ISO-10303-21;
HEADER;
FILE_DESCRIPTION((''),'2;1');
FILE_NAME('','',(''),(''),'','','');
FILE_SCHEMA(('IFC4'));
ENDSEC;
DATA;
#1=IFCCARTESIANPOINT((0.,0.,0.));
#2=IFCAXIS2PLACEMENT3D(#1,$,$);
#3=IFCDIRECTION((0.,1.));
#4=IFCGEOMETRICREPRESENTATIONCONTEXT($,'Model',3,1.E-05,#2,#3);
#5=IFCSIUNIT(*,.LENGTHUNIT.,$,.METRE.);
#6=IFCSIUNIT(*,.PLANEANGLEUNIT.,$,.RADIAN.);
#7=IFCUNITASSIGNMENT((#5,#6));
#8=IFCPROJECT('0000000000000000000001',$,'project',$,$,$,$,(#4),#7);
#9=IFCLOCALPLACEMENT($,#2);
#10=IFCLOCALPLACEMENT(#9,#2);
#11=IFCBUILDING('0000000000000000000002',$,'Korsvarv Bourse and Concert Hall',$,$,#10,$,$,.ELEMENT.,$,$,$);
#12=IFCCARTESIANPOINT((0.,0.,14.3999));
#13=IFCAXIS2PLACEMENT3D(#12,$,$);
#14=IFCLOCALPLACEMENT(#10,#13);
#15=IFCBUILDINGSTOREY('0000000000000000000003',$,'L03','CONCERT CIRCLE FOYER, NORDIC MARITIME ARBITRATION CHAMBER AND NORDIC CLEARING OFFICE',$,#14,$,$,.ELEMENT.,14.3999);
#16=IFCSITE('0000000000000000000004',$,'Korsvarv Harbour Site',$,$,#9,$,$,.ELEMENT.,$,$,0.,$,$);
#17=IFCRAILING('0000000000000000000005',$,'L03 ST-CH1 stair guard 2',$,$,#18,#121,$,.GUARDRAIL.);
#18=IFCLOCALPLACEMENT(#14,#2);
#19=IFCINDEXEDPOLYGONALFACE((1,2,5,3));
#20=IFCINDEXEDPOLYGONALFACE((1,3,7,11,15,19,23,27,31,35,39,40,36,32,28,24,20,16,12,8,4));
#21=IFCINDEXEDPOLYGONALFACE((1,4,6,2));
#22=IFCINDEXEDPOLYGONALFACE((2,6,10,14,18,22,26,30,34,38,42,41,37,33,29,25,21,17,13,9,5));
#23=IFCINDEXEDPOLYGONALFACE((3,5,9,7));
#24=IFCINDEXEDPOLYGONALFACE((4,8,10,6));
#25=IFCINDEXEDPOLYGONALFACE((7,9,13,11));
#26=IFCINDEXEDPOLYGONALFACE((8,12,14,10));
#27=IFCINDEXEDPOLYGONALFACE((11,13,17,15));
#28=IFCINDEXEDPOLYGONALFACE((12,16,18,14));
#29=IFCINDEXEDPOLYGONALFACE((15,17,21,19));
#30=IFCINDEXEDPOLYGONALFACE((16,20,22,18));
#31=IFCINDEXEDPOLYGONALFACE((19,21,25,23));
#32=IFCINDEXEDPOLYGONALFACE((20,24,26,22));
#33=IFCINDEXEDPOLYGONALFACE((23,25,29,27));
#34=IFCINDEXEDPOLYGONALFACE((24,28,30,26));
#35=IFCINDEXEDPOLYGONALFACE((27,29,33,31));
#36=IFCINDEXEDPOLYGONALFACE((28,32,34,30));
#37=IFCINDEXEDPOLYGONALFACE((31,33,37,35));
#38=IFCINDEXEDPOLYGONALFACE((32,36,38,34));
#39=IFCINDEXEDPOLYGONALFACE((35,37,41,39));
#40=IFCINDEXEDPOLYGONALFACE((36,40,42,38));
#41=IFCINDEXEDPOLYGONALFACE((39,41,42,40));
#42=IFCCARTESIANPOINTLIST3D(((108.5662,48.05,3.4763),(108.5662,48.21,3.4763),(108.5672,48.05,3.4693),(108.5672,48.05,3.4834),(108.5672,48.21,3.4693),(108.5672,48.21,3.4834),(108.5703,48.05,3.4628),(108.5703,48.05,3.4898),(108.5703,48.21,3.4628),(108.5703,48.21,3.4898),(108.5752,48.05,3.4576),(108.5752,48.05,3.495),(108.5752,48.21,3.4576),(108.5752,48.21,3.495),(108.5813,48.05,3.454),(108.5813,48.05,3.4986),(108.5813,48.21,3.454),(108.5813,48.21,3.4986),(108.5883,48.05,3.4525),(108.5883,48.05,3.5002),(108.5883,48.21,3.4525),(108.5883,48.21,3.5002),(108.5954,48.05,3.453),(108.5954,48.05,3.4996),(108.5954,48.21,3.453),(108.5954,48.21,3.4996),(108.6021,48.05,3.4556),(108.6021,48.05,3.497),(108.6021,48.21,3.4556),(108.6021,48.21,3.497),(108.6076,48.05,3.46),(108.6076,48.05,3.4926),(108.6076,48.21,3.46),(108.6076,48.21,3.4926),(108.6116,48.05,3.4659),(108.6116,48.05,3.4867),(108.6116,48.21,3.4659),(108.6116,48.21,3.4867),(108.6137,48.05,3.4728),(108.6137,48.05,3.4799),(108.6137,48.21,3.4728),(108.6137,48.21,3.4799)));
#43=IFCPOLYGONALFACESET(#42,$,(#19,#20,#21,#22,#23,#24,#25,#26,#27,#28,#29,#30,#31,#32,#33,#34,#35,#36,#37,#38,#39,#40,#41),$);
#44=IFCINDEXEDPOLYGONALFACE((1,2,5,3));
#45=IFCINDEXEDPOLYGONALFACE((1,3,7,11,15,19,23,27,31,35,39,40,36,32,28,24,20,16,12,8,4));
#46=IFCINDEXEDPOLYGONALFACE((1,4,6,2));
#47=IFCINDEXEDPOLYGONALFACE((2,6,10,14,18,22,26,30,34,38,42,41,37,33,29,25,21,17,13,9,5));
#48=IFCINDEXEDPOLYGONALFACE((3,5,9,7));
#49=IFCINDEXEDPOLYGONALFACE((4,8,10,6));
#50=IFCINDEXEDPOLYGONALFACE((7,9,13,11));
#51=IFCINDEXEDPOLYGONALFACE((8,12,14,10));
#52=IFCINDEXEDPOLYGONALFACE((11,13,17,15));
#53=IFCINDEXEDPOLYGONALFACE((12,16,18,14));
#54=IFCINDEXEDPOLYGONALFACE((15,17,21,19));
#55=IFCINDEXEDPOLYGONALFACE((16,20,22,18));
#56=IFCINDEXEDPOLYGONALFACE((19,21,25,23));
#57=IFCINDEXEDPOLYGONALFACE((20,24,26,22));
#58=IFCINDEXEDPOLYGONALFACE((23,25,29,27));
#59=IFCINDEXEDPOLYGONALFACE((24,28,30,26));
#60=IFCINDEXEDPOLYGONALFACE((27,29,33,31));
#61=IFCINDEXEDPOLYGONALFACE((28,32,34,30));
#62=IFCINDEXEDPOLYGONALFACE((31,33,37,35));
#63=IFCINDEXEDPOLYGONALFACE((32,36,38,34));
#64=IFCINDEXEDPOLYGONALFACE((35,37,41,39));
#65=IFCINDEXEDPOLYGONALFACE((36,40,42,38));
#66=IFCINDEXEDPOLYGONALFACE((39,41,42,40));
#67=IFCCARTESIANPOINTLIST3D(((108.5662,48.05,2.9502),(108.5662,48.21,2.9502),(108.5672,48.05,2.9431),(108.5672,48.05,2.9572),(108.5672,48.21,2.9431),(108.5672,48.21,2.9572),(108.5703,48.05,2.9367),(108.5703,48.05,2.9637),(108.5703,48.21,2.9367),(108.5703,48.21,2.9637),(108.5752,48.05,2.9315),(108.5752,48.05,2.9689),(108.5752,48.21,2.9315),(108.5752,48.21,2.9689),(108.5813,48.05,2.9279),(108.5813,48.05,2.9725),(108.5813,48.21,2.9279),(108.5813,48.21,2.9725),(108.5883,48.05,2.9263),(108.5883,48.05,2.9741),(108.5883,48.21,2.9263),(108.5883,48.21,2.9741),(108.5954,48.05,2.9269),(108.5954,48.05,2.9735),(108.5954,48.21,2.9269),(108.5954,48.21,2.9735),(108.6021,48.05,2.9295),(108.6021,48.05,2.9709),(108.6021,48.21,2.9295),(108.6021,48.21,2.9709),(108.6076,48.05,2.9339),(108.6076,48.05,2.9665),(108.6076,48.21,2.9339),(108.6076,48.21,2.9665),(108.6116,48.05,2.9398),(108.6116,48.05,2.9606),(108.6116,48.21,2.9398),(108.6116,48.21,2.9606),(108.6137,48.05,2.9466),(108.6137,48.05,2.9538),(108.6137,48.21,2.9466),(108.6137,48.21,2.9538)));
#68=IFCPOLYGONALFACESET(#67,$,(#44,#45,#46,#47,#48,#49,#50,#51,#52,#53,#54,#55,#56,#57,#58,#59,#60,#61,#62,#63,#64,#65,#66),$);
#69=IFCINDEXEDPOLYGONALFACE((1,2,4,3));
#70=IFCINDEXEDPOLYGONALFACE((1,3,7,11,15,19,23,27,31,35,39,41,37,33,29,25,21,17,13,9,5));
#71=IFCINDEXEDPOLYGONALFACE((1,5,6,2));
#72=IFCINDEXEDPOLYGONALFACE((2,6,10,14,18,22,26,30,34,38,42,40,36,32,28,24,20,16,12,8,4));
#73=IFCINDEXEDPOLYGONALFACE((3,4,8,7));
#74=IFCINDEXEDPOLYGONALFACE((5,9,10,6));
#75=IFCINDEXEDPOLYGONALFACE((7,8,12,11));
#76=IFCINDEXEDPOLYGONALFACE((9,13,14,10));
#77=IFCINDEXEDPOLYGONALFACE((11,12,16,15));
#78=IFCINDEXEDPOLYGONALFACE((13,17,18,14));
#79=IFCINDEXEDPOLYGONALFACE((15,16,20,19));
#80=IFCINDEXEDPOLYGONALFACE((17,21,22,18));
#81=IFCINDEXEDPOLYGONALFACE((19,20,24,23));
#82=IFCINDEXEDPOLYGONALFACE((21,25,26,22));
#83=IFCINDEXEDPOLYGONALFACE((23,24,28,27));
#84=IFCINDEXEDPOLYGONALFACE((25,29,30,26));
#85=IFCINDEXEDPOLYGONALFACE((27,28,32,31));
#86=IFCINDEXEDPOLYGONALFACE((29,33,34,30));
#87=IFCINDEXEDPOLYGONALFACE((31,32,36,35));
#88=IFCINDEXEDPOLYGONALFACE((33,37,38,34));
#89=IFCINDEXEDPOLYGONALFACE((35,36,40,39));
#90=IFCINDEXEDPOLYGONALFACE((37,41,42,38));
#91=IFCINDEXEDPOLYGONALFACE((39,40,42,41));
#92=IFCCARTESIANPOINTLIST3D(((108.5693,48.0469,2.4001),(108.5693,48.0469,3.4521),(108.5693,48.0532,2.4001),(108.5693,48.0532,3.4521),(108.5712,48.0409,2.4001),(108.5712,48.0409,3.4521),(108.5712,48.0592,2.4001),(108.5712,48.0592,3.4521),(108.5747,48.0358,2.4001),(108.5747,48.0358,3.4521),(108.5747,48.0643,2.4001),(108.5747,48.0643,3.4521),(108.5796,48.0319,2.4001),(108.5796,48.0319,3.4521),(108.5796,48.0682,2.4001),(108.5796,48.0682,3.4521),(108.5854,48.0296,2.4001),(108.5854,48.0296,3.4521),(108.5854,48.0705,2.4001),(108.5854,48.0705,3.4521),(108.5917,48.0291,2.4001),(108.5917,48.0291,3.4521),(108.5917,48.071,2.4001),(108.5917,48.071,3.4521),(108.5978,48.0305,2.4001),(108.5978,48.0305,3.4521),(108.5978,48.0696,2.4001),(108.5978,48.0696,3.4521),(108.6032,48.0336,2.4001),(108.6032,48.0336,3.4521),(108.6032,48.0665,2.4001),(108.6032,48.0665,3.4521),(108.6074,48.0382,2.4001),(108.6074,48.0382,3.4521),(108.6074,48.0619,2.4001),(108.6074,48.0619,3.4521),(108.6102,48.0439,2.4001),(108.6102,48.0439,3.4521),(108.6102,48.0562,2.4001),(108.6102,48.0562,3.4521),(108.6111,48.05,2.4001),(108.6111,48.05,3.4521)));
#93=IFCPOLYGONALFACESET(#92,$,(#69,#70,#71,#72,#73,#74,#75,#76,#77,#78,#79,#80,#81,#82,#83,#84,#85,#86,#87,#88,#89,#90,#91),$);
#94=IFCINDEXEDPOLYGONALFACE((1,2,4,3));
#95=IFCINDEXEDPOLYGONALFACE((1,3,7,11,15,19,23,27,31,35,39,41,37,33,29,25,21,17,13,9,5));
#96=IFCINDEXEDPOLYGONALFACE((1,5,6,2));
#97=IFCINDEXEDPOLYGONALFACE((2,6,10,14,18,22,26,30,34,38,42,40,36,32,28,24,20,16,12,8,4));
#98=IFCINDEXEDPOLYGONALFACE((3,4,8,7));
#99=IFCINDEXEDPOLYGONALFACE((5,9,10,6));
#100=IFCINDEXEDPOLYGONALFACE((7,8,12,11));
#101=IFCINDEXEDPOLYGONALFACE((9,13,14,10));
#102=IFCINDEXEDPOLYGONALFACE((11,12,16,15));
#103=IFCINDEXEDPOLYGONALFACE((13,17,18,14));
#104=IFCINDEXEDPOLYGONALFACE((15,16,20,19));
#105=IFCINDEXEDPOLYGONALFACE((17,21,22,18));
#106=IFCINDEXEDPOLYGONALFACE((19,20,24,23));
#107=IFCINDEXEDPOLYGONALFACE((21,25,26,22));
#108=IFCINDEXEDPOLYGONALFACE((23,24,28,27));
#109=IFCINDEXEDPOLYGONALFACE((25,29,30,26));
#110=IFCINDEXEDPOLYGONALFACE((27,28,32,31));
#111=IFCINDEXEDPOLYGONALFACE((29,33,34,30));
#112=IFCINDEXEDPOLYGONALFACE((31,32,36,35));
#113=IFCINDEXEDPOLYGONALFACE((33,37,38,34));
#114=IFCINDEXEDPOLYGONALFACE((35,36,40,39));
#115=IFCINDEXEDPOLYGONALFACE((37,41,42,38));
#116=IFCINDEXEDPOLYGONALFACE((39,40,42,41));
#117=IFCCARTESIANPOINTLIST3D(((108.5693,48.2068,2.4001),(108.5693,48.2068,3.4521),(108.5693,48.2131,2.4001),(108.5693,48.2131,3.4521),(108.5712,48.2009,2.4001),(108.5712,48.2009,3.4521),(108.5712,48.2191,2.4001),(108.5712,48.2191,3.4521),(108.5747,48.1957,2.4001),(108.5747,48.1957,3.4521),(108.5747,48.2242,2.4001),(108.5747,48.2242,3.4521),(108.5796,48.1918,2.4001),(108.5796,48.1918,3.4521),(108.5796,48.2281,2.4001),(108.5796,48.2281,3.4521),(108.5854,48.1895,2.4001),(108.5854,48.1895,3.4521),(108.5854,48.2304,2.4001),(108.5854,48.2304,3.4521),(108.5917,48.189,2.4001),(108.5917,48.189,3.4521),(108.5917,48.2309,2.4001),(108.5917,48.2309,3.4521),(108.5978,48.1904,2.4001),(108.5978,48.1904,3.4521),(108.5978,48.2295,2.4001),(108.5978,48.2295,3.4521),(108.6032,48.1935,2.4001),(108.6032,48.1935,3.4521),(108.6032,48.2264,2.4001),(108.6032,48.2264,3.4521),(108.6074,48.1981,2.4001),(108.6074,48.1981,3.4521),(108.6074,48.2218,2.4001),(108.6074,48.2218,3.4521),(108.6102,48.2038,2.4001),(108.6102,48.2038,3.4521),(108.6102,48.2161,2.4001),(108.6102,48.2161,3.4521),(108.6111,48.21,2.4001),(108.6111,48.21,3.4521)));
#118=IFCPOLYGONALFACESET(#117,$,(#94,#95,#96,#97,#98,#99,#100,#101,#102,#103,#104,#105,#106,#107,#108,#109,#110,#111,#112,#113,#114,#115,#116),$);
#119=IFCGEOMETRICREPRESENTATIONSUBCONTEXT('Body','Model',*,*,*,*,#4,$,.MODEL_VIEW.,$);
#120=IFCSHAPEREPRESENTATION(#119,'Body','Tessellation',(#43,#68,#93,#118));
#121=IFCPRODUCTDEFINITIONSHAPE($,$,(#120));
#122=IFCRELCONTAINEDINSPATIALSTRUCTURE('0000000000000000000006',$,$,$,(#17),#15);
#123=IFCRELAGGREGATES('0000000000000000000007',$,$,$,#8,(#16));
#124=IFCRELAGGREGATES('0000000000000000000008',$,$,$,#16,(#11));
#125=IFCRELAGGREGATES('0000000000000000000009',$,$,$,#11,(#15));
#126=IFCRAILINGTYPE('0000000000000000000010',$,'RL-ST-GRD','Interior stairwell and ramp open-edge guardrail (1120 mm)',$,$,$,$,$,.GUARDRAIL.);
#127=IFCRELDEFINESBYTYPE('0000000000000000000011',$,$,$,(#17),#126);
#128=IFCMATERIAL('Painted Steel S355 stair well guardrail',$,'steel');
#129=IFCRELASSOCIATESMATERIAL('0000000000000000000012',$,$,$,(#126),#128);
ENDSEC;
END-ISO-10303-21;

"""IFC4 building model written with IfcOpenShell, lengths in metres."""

from ifc_helpers import new_model, si_unit, direction, frame, origin, origin_2d, place, context, subcontext, project, spatial, circle, extrude, material, type_object, element, save


model = new_model("IFC4")

# Units and contexts
model_context = context("Model", 3, precision=1e-05, world=origin(), true_north=direction((0.0, 1.0)))
body_context = subcontext(model_context, "Body", "Model", "MODEL_VIEW")
ifc_project = project(units=[si_unit("LENGTHUNIT", "METRE"), si_unit("PLANEANGLEUNIT", "RADIAN")], contexts=[model_context])

# Site, building, storey
site_placement = place(None, origin())
site = spatial("IfcSite", under=ifc_project, at=site_placement, Name="Korsvarv Harbour Site", CompositionType="ELEMENT", RefElevation=0.0)
building_placement = place(site_placement, origin())
building = spatial("IfcBuilding", under=site, at=building_placement, Name="Korsvarv Bourse and Concert Hall", CompositionType="ELEMENT")
storey_placement = place(building_placement, frame((0.0, 0.0, 14.3999)))
storey = spatial("IfcBuildingStorey", under=building, at=storey_placement, Name="L03", Description="CONCERT CIRCLE FOYER, NORDIC MARITIME ARBITRATION CHAMBER AND NORDIC CLEARING OFFICE", CompositionType="ELEMENT", Elevation=14.3999)

# Railing
ifc_material_1 = material(Name="Painted Steel S355 stair well guardrail", Category="steel")
railing_type_1 = type_object("IfcRailingType", Name="RL-ST-GRD", Description="Interior stairwell and ramp open-edge guardrail (1120 mm)", PredefinedType="GUARDRAIL", material=ifc_material_1)
railing_1_placement = place(storey_placement, frame((108.5901, 48.05, 2.4001)))
element("IfcRailing", 1, at=railing_1_placement, inside=storey, type_object=railing_type_1, Name="L03 ST-CH1 stair guard 2", PredefinedType="GUARDRAIL", context=body_context, shape_type="SweptSolid", body=[
    extrude(circle(Radius=0.0239, at=origin_2d()), frame((0.0, 0.0, 1.0762), z_axis=(0.0, 1.0, 0.0), x_axis=(-1.0, 0.0, 0.0)), (0.0, 0.0, 1.0), 0.1599),
    extrude(circle(Radius=0.0239, at=origin_2d()), frame((0.0, 0.0, 0.55), z_axis=(0.0, 1.0, 0.0), x_axis=(-1.0, 0.0, 0.0)), (0.0, 0.0, 1.0), 0.1599),
    extrude(circle(Radius=0.021, at=origin_2d()), origin(), (0.0, 0.0, 1.0), 1.052),
    extrude(circle(Radius=0.021, at=origin_2d()), frame((0.0, 0.1599, 0.0)), (0.0, 0.0, 1.0), 1.052),
])

save(model, "model.ifc")
